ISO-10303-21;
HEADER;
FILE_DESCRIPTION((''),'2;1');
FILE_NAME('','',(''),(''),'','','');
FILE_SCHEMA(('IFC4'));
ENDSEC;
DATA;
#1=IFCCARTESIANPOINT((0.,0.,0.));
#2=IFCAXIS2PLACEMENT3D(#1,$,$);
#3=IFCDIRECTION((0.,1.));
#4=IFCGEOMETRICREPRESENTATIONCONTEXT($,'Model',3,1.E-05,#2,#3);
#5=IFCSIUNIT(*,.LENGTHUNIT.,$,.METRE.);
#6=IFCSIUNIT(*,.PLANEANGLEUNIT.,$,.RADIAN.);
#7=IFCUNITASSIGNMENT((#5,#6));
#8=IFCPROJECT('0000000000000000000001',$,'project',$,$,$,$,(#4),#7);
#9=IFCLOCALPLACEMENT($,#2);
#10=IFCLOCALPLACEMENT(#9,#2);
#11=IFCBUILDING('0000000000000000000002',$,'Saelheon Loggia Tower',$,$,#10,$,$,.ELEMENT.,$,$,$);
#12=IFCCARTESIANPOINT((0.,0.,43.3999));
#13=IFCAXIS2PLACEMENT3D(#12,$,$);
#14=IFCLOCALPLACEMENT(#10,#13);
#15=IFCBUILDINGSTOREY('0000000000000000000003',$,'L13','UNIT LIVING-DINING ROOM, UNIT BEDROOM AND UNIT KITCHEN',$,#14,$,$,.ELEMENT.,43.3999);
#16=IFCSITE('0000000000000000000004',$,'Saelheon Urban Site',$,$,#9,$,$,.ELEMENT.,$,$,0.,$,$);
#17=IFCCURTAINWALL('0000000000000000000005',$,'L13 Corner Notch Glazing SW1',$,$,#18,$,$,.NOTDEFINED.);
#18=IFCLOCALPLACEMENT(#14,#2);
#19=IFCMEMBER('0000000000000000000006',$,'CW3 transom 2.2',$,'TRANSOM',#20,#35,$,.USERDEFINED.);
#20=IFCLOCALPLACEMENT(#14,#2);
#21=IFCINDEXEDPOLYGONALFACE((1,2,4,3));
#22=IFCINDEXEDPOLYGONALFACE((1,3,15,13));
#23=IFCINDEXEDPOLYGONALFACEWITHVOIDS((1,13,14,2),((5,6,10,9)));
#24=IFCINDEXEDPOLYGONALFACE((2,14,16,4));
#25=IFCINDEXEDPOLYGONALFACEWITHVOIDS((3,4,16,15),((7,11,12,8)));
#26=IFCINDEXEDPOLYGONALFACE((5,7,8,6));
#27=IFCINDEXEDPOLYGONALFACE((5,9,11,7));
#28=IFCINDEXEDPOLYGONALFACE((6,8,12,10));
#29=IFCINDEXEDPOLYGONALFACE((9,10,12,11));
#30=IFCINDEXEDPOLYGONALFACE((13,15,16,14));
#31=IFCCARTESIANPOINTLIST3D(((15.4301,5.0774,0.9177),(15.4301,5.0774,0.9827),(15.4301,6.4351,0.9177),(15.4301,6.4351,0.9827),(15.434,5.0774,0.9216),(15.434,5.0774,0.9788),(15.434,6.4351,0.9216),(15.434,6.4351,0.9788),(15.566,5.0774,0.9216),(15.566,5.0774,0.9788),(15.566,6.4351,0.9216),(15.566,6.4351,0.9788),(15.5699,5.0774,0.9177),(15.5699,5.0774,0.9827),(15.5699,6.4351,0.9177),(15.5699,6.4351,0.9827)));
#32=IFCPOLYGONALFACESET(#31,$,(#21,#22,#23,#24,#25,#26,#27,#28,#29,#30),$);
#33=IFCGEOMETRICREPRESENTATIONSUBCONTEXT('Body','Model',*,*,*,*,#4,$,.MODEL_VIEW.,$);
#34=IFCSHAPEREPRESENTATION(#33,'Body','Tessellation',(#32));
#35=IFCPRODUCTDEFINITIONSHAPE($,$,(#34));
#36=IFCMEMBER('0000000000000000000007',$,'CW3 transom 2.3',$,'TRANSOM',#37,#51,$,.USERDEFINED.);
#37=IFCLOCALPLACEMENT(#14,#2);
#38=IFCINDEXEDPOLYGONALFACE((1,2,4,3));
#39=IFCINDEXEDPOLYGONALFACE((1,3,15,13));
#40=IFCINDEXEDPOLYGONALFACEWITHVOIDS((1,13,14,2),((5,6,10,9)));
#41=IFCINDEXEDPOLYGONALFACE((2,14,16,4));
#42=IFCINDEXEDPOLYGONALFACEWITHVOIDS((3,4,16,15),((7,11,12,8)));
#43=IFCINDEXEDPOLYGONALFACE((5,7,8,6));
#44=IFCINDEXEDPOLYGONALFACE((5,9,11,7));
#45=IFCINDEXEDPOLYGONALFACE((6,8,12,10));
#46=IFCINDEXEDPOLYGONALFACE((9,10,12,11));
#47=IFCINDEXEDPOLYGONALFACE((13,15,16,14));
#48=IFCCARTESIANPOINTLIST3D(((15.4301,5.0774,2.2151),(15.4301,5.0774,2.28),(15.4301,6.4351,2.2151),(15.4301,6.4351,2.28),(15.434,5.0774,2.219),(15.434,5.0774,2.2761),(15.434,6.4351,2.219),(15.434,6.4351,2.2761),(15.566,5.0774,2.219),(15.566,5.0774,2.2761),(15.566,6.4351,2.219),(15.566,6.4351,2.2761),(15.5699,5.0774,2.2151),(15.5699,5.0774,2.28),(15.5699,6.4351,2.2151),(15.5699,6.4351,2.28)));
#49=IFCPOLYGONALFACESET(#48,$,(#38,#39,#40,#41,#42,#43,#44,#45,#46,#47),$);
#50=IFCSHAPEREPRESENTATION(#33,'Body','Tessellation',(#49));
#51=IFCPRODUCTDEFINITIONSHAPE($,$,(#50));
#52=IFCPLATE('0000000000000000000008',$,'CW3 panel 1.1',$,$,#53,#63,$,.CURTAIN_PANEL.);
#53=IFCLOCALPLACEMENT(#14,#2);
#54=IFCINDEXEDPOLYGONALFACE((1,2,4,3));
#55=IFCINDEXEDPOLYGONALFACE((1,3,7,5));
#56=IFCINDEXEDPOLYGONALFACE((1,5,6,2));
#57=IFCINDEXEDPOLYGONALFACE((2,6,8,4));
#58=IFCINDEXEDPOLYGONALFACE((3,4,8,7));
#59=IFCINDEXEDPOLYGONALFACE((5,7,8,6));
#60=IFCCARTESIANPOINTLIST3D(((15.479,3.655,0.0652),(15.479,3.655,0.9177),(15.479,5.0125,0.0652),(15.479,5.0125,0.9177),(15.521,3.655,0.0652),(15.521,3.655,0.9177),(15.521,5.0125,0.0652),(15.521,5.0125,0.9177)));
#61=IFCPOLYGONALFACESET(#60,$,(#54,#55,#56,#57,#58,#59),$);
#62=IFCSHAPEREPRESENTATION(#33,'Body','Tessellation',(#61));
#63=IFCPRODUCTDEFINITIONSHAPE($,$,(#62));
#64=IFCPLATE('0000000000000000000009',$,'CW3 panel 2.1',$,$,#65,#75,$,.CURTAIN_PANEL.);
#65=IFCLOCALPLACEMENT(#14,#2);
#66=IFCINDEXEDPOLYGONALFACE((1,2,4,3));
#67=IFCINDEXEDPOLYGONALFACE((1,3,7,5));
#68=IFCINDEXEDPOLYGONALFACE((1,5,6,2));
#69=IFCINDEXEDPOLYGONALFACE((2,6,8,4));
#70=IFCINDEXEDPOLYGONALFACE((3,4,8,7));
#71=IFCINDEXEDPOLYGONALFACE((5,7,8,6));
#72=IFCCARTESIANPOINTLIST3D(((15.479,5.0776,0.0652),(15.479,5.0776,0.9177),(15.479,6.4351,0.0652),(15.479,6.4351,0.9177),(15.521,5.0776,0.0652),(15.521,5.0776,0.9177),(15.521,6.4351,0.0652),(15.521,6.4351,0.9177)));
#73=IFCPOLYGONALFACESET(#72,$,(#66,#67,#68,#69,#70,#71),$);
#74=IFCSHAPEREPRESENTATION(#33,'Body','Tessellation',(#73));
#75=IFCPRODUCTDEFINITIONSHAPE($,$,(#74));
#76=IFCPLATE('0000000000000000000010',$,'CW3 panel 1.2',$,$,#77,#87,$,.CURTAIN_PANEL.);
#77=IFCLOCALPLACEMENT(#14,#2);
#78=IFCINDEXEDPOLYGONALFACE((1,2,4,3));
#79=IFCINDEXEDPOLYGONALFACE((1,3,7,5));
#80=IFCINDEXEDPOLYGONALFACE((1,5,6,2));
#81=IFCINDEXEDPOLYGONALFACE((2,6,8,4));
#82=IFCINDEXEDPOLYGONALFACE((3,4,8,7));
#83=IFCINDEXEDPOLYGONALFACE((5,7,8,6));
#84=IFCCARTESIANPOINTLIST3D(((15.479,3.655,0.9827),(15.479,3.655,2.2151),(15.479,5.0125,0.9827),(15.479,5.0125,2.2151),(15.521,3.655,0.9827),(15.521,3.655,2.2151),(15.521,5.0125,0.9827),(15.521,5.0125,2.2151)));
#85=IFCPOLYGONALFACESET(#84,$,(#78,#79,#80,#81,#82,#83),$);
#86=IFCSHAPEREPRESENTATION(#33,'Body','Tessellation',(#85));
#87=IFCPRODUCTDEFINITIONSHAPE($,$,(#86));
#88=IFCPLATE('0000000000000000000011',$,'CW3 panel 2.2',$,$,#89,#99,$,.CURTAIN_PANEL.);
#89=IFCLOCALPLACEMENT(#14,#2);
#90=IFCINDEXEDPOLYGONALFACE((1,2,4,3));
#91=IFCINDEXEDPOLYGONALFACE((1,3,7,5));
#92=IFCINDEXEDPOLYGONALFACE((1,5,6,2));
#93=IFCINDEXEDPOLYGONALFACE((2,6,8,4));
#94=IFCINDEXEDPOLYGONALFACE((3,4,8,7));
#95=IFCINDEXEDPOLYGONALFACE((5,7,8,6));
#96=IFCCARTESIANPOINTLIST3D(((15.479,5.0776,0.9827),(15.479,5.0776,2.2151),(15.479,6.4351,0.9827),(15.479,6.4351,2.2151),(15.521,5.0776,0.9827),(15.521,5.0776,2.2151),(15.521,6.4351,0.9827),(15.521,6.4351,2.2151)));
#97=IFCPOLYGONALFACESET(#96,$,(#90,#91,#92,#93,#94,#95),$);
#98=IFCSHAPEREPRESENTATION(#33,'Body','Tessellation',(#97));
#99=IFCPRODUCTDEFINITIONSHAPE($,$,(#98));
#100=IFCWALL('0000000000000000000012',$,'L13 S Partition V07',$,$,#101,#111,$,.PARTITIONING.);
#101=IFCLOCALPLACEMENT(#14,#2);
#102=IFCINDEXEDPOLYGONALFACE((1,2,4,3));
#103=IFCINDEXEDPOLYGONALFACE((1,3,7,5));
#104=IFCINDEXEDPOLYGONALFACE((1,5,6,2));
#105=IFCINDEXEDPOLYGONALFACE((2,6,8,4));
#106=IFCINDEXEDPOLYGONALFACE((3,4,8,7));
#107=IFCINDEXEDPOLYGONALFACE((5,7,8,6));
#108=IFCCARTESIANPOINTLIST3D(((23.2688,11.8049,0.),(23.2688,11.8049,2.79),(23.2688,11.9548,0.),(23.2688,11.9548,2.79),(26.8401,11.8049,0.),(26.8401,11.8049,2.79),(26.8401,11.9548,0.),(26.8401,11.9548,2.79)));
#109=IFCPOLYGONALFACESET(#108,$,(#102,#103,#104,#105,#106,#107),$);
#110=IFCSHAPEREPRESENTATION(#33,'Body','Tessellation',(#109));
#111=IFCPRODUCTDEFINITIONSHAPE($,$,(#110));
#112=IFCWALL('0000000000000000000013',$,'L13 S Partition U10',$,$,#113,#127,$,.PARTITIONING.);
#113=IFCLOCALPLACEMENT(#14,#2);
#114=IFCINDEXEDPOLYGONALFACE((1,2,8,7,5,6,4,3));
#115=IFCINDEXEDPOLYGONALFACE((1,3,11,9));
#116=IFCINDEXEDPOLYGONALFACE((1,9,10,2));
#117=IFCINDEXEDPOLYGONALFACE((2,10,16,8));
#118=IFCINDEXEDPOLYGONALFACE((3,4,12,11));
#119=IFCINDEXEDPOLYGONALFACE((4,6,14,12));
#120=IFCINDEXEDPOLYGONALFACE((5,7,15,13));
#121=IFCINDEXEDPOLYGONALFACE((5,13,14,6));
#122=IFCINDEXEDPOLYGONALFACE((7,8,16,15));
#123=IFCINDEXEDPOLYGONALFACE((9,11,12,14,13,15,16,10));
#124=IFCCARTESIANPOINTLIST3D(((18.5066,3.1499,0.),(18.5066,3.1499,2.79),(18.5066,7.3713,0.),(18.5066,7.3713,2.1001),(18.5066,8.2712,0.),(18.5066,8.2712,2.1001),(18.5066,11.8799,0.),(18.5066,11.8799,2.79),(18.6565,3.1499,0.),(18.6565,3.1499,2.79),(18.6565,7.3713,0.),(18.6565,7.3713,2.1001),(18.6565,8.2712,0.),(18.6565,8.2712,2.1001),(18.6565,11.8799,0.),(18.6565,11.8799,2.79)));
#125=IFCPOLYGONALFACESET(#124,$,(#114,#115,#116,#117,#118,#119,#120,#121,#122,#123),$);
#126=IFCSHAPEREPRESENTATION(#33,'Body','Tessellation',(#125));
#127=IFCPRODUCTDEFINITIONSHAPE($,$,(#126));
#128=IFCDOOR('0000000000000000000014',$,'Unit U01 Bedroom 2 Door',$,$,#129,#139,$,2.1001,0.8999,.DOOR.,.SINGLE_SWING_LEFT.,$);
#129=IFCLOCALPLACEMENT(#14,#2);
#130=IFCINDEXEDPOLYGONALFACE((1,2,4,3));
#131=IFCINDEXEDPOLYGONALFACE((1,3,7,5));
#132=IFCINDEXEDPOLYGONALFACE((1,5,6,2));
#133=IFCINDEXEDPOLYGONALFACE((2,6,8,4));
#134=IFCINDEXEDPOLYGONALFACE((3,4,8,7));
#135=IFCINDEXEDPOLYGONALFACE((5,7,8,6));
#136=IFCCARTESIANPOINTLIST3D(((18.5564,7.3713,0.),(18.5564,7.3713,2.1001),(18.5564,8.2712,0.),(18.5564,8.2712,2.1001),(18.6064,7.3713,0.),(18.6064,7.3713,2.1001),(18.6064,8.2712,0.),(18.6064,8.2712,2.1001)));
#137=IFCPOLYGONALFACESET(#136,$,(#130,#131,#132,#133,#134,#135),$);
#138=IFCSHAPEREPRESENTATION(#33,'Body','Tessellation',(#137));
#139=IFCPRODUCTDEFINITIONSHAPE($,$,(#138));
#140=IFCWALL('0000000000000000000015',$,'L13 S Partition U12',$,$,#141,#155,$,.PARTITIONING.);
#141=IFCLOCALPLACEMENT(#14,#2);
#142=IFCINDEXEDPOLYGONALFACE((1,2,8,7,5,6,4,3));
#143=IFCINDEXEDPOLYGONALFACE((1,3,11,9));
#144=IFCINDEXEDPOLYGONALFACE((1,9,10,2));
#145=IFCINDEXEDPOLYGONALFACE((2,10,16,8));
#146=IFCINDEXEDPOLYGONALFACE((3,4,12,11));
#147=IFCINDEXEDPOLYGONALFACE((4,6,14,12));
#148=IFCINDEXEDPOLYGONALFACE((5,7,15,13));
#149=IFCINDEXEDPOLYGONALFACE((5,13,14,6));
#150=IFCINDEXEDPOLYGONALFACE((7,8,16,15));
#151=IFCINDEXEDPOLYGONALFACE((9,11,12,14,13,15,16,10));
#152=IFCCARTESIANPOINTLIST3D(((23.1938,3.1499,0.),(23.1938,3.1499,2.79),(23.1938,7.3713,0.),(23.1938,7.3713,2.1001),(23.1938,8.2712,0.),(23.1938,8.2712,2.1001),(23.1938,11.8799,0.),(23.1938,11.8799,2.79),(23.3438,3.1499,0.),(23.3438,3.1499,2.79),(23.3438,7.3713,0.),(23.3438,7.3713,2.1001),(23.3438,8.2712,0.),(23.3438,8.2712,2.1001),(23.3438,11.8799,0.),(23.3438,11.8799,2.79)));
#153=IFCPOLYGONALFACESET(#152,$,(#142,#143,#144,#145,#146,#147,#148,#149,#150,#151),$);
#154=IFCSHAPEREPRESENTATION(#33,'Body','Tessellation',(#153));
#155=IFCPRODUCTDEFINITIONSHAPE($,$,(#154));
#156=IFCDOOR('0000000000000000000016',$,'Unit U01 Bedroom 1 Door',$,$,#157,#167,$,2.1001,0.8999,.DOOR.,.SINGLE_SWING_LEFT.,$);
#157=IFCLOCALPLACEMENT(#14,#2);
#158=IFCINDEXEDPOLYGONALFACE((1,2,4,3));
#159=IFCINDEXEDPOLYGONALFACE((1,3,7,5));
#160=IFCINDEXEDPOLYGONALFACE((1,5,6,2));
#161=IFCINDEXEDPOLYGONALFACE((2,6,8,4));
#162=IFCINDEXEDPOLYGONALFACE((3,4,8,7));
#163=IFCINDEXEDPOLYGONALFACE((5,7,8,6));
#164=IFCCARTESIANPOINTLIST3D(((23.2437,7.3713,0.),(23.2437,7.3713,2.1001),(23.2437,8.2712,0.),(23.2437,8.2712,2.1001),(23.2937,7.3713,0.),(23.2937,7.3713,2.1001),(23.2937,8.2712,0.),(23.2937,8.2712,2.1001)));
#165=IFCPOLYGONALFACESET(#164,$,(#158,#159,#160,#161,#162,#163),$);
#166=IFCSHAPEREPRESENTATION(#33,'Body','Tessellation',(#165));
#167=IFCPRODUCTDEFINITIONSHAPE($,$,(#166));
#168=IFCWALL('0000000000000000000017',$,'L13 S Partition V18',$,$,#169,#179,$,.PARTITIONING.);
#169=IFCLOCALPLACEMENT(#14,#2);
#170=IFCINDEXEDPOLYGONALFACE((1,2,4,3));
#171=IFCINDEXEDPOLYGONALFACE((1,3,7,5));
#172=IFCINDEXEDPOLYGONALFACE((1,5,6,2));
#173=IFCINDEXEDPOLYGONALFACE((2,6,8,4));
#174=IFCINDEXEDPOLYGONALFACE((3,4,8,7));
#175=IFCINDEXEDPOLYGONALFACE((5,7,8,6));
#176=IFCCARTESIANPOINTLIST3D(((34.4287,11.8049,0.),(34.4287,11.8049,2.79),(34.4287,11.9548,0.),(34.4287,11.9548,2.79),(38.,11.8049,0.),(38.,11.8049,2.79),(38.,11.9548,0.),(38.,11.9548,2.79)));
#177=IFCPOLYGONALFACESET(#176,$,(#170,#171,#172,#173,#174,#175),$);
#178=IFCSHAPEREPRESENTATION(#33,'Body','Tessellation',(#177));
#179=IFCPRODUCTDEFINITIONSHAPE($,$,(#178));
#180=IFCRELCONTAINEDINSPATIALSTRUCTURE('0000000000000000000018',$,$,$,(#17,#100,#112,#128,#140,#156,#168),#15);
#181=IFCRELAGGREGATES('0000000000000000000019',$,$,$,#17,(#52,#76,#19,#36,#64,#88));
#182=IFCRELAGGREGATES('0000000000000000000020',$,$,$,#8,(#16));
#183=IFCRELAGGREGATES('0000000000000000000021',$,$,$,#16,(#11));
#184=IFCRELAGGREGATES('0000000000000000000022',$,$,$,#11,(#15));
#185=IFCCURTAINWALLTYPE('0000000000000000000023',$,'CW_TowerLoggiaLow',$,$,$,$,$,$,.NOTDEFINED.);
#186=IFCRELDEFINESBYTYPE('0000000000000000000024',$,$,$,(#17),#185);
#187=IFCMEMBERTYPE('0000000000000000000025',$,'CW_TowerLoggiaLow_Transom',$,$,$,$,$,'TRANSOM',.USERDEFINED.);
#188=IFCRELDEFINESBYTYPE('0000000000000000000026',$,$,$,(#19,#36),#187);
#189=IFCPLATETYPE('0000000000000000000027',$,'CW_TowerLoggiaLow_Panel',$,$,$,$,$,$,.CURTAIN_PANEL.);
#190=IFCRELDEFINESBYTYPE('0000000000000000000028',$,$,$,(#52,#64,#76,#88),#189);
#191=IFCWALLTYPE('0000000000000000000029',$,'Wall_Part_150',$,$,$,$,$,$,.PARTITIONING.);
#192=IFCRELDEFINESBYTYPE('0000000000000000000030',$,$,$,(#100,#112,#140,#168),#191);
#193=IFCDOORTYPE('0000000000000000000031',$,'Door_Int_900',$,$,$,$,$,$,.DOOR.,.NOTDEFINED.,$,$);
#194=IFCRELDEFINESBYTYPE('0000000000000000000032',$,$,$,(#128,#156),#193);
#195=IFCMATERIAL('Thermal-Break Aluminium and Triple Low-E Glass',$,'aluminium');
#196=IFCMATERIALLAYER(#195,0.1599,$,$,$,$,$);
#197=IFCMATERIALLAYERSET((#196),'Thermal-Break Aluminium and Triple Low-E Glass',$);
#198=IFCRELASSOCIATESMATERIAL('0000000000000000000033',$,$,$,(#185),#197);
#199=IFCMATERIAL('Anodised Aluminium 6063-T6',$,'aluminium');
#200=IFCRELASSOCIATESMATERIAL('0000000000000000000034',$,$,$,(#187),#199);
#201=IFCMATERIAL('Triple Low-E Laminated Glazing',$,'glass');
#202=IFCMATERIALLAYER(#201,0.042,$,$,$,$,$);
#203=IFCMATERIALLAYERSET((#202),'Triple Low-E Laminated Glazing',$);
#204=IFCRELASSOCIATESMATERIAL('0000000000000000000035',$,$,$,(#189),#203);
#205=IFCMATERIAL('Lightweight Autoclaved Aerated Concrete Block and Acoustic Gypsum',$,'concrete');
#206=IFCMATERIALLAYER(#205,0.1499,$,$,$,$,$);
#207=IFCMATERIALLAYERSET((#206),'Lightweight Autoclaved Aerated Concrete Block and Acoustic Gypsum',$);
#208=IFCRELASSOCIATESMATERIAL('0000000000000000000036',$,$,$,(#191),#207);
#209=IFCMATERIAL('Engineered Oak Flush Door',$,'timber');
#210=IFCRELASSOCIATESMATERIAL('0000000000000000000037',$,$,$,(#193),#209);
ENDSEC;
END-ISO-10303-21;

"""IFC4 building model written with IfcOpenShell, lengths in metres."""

from ifc_helpers import new_model, si_unit, direction, frame, frame_2d, origin, origin_2d, place, context, subcontext, project, spatial, rectangle, hollow_rectangle, extrude, source, transform, mapped, material, layer, layer_set, material_profile, profile_set, type_object, element, fill, aggregate, save


model = new_model("IFC4")

# Units and contexts
model_context = context("Model", 3, precision=1e-05, world=origin(), true_north=direction((0.0, 1.0)))
body_context = subcontext(model_context, "Body", "Model", "MODEL_VIEW")
ifc_project = project(units=[si_unit("LENGTHUNIT", "METRE"), si_unit("PLANEANGLEUNIT", "RADIAN")], contexts=[model_context])

# Site, building, storey
site_placement = place(None, origin())
site = spatial("IfcSite", under=ifc_project, at=site_placement, Name="Saelheon Urban Site", CompositionType="ELEMENT", RefElevation=0.0)
building_placement = place(site_placement, origin())
building = spatial("IfcBuilding", under=site, at=building_placement, Name="Saelheon Loggia Tower", CompositionType="ELEMENT")
storey_placement = place(building_placement, frame((0.0, 0.0, 43.3999)))
storey = spatial("IfcBuildingStorey", under=building, at=storey_placement, Name="L13", Description="UNIT LIVING-DINING ROOM, UNIT BEDROOM AND UNIT KITCHEN", CompositionType="ELEMENT", Elevation=43.3999)

# Curtain wall, members, plates
ifc_material_1 = material(Name="Thermal-Break Aluminium and Triple Low-E Glass", Category="aluminium")
ifc_layer_1 = layer(ifc_material_1, 0.1599)
ifc_layer_set_1 = layer_set([ifc_layer_1], Name="Thermal-Break Aluminium and Triple Low-E Glass")
curtain_wall_type = type_object("IfcCurtainWallType", Name="CW_TowerLoggiaLow", PredefinedType="NOTDEFINED", material=ifc_layer_set_1)
curtain_wall_placement = place(storey_placement, origin())
curtain_wall = element("IfcCurtainWall", 1, at=curtain_wall_placement, inside=storey, type_object=curtain_wall_type, Name="L13 Corner Notch Glazing SW1", PredefinedType="NOTDEFINED")
ifc_material_2 = material(Name="Anodised Aluminium 6063-T6", Category="aluminium")
ifc_material_profile_1 = material_profile(ifc_material_2, hollow_rectangle(XDim=0.0649, YDim=0.1399, WallThickness=0.0039, at=origin_2d()), Name="RHS-140x65x4")
ifc_profile_set_1 = profile_set([ifc_material_profile_1], Name="Anodised Aluminium 6063-T6")
member_type_1 = type_object("IfcMemberType", Name="CW_TowerLoggiaLow_Transom", ElementType="TRANSOM", PredefinedType="USERDEFINED", material=ifc_profile_set_1)
shared_shape_1 = source(origin(), body_context, "Body", "SweptSolid", [
    extrude(hollow_rectangle(XDim=0.0649, YDim=0.1399, WallThickness=0.0039, at=origin_2d()), origin(), (0.0, 0.0, 1.0), 1.3577),
])
member_1_placement = place(storey_placement, frame((15.5, 5.0774, 0.9502), z_axis=(0.0, 1.0, 0.0), x_axis=(0.0, 0.0, 1.0)))
member_1 = element("IfcMember", 2, at=member_1_placement, type_object=member_type_1, Name="CW3 transom 2.2", ObjectType="TRANSOM", PredefinedType="USERDEFINED", context=body_context, shape_type="MappedRepresentation", body=[
    mapped(shared_shape_1, transform((0.0, 0.0, 0.0), scale=1.0)),
])
member_2_placement = place(storey_placement, frame((15.5, 5.0774, 2.2476), z_axis=(0.0, 1.0, 0.0), x_axis=(0.0, 0.0, 1.0)))
member_2 = element("IfcMember", 3, at=member_2_placement, type_object=member_type_1, Name="CW3 transom 2.3", ObjectType="TRANSOM", PredefinedType="USERDEFINED", context=body_context, shape_type="MappedRepresentation", body=[
    mapped(shared_shape_1, transform((0.0, 0.0, 0.0), scale=1.0)),
])
ifc_material_3 = material(Name="Triple Low-E Laminated Glazing", Category="glass")
ifc_layer_2 = layer(ifc_material_3, 0.042)
ifc_layer_set_2 = layer_set([ifc_layer_2], Name="Triple Low-E Laminated Glazing")
plate_type = type_object("IfcPlateType", Name="CW_TowerLoggiaLow_Panel", PredefinedType="CURTAIN_PANEL", material=ifc_layer_set_2)
shared_shape_2 = source(origin(), body_context, "Body", "SweptSolid", [
    extrude(rectangle(XDim=1.3574, YDim=0.042, at=origin_2d()), origin(), (0.0, 0.0, 1.0), 0.8525),
])
plate_1_placement = place(storey_placement, frame((15.5, 4.3337, 0.0652), z_axis=(0.0, 0.0, 1.0), x_axis=(0.0, 1.0, 0.0)))
plate_1 = element("IfcPlate", 4, at=plate_1_placement, type_object=plate_type, Name="CW3 panel 1.1", PredefinedType="CURTAIN_PANEL", context=body_context, shape_type="MappedRepresentation", body=[
    mapped(shared_shape_2, transform((0.0, 0.0, 0.0), scale=1.0)),
])
plate_2_placement = place(storey_placement, frame((15.5, 5.7563, 0.0652), z_axis=(0.0, 0.0, 1.0), x_axis=(0.0, 1.0, 0.0)))
plate_2 = element("IfcPlate", 5, at=plate_2_placement, type_object=plate_type, Name="CW3 panel 2.1", PredefinedType="CURTAIN_PANEL", context=body_context, shape_type="MappedRepresentation", body=[
    mapped(shared_shape_2, transform((0.0, 0.0, 0.0), scale=1.0)),
])
shared_shape_3 = source(origin(), body_context, "Body", "SweptSolid", [
    extrude(rectangle(XDim=1.3574, YDim=0.042, at=origin_2d()), origin(), (0.0, 0.0, 1.0), 1.2324),
])
plate_3_placement = place(storey_placement, frame((15.5, 4.3337, 0.9827), z_axis=(0.0, 0.0, 1.0), x_axis=(0.0, 1.0, 0.0)))
plate_3 = element("IfcPlate", 6, at=plate_3_placement, type_object=plate_type, Name="CW3 panel 1.2", PredefinedType="CURTAIN_PANEL", context=body_context, shape_type="MappedRepresentation", body=[
    mapped(shared_shape_3, transform((0.0, 0.0, 0.0), scale=1.0)),
])
plate_4_placement = place(storey_placement, frame((15.5, 5.7563, 0.9827), z_axis=(0.0, 0.0, 1.0), x_axis=(0.0, 1.0, 0.0)))
plate_4 = element("IfcPlate", 7, at=plate_4_placement, type_object=plate_type, Name="CW3 panel 2.2", PredefinedType="CURTAIN_PANEL", context=body_context, shape_type="MappedRepresentation", body=[
    mapped(shared_shape_3, transform((0.0, 0.0, 0.0), scale=1.0)),
])
aggregate(curtain_wall, [plate_1, plate_3, member_1, member_2, plate_2, plate_4])

# Wall
ifc_material_4 = material(Name="Lightweight Autoclaved Aerated Concrete Block and Acoustic Gypsum", Category="concrete")
ifc_layer_3 = layer(ifc_material_4, 0.1499)
ifc_layer_set_3 = layer_set([ifc_layer_3], Name="Lightweight Autoclaved Aerated Concrete Block and Acoustic Gypsum")
wall_type_1 = type_object("IfcWallType", Name="Wall_Part_150", PredefinedType="PARTITIONING", material=ifc_layer_set_3)
wall_1_placement = place(storey_placement, frame((23.2688, 11.8799, 0.0), z_axis=(0.0, 0.0, 1.0), x_axis=(1.0, 0.0, 0.0)))
element("IfcWall", 8, at=wall_1_placement, inside=storey, type_object=wall_type_1, Name="L13 S Partition V07", PredefinedType="PARTITIONING", context=body_context, shape_type="SweptSolid", body=[
    extrude(rectangle(XDim=3.5713, YDim=0.1499, at=frame_2d((1.7856, 0.0))), origin(), (0.0, 0.0, 1.0), 2.79),
])

# Walls, openings, doors
wall_2_placement = place(storey_placement, frame((18.5815, 11.8799, 0.0), z_axis=(0.0, 0.0, 1.0), x_axis=(0.0, -1.0, 0.0)))
wall_2 = element("IfcWall", 9, at=wall_2_placement, inside=storey, type_object=wall_type_1, Name="L13 S Partition U10", PredefinedType="PARTITIONING", context=body_context, shape_type="SweptSolid", body=[
    extrude(rectangle(XDim=8.73, YDim=0.1499, at=frame_2d((4.365, 0.0))), origin(), (0.0, 0.0, 1.0), 2.79),
])
opening_1_placement = place(wall_2_placement, frame((3.6086, 0.0, 0.0)))
opening_1 = element("IfcOpeningElement", 10, at=opening_1_placement, cuts=wall_2, PredefinedType="OPENING", context=body_context, shape_type="SweptSolid", body=[
    extrude(rectangle(XDim=0.8999, YDim=2.1001, at=frame_2d((0.45, 1.05))), frame((0.0, 0.0869, 0.0), z_axis=(0.0, -1.0, 0.0), x_axis=(1.0, 0.0, 0.0)), (0.0, 0.0, 1.0), 0.1738),
])
ifc_material_5 = material(Name="Engineered Oak Flush Door", Category="timber")
door_type = type_object("IfcDoorType", Name="Door_Int_900", OperationType="NOTDEFINED", PredefinedType="DOOR", material=ifc_material_5)
shared_shape_4 = source(origin(), body_context, "Body", "SweptSolid", [
    extrude(rectangle(XDim=0.8999, YDim=2.1001, at=frame_2d((0.45, 1.05))), frame((0.0, 0.0249, 0.0), z_axis=(0.0, -1.0, 0.0), x_axis=(1.0, 0.0, 0.0)), (0.0, 0.0, 1.0), 0.05),
])
door_1_placement = place(opening_1_placement, origin())
door_1 = element("IfcDoor", 11, at=door_1_placement, inside=storey, type_object=door_type, Name="Unit U01 Bedroom 2 Door", OperationType="SINGLE_SWING_LEFT", OverallHeight=2.1001, OverallWidth=0.8999, PredefinedType="DOOR", context=body_context, shape_type="MappedRepresentation", body=[
    mapped(shared_shape_4, transform((0.0, 0.0, 0.0), scale=1.0)),
])
fill(opening_1, door_1)
wall_3_placement = place(storey_placement, frame((23.2688, 11.8799, 0.0), z_axis=(0.0, 0.0, 1.0), x_axis=(0.0, -1.0, 0.0)))
wall_3 = element("IfcWall", 12, at=wall_3_placement, inside=storey, type_object=wall_type_1, Name="L13 S Partition U12", PredefinedType="PARTITIONING", context=body_context, shape_type="SweptSolid", body=[
    extrude(rectangle(XDim=8.73, YDim=0.1499, at=frame_2d((4.365, 0.0))), origin(), (0.0, 0.0, 1.0), 2.79),
])
opening_2_placement = place(wall_3_placement, frame((3.6086, 0.0, 0.0)))
opening_2 = element("IfcOpeningElement", 13, at=opening_2_placement, cuts=wall_3, PredefinedType="OPENING", context=body_context, shape_type="SweptSolid", body=[
    extrude(rectangle(XDim=0.8999, YDim=2.1001, at=frame_2d((0.45, 1.05))), frame((0.0, 0.0869, 0.0), z_axis=(0.0, -1.0, 0.0), x_axis=(1.0, 0.0, 0.0)), (0.0, 0.0, 1.0), 0.1738),
])
door_2_placement = place(opening_2_placement, origin())
door_2 = element("IfcDoor", 14, at=door_2_placement, inside=storey, type_object=door_type, Name="Unit U01 Bedroom 1 Door", OperationType="SINGLE_SWING_LEFT", OverallHeight=2.1001, OverallWidth=0.8999, PredefinedType="DOOR", context=body_context, shape_type="MappedRepresentation", body=[
    mapped(shared_shape_4, transform((0.0, 0.0, 0.0), scale=1.0)),
])
fill(opening_2, door_2)

# Wall
wall_4_placement = place(storey_placement, frame((34.4287, 11.8799, 0.0), z_axis=(0.0, 0.0, 1.0), x_axis=(1.0, 0.0, 0.0)))
element("IfcWall", 15, at=wall_4_placement, inside=storey, type_object=wall_type_1, Name="L13 S Partition V18", PredefinedType="PARTITIONING", context=body_context, shape_type="SweptSolid", body=[
    extrude(rectangle(XDim=3.5713, YDim=0.1499, at=frame_2d((1.7856, 0.0))), origin(), (0.0, 0.0, 1.0), 2.79),
])

save(model, "model.ifc")
